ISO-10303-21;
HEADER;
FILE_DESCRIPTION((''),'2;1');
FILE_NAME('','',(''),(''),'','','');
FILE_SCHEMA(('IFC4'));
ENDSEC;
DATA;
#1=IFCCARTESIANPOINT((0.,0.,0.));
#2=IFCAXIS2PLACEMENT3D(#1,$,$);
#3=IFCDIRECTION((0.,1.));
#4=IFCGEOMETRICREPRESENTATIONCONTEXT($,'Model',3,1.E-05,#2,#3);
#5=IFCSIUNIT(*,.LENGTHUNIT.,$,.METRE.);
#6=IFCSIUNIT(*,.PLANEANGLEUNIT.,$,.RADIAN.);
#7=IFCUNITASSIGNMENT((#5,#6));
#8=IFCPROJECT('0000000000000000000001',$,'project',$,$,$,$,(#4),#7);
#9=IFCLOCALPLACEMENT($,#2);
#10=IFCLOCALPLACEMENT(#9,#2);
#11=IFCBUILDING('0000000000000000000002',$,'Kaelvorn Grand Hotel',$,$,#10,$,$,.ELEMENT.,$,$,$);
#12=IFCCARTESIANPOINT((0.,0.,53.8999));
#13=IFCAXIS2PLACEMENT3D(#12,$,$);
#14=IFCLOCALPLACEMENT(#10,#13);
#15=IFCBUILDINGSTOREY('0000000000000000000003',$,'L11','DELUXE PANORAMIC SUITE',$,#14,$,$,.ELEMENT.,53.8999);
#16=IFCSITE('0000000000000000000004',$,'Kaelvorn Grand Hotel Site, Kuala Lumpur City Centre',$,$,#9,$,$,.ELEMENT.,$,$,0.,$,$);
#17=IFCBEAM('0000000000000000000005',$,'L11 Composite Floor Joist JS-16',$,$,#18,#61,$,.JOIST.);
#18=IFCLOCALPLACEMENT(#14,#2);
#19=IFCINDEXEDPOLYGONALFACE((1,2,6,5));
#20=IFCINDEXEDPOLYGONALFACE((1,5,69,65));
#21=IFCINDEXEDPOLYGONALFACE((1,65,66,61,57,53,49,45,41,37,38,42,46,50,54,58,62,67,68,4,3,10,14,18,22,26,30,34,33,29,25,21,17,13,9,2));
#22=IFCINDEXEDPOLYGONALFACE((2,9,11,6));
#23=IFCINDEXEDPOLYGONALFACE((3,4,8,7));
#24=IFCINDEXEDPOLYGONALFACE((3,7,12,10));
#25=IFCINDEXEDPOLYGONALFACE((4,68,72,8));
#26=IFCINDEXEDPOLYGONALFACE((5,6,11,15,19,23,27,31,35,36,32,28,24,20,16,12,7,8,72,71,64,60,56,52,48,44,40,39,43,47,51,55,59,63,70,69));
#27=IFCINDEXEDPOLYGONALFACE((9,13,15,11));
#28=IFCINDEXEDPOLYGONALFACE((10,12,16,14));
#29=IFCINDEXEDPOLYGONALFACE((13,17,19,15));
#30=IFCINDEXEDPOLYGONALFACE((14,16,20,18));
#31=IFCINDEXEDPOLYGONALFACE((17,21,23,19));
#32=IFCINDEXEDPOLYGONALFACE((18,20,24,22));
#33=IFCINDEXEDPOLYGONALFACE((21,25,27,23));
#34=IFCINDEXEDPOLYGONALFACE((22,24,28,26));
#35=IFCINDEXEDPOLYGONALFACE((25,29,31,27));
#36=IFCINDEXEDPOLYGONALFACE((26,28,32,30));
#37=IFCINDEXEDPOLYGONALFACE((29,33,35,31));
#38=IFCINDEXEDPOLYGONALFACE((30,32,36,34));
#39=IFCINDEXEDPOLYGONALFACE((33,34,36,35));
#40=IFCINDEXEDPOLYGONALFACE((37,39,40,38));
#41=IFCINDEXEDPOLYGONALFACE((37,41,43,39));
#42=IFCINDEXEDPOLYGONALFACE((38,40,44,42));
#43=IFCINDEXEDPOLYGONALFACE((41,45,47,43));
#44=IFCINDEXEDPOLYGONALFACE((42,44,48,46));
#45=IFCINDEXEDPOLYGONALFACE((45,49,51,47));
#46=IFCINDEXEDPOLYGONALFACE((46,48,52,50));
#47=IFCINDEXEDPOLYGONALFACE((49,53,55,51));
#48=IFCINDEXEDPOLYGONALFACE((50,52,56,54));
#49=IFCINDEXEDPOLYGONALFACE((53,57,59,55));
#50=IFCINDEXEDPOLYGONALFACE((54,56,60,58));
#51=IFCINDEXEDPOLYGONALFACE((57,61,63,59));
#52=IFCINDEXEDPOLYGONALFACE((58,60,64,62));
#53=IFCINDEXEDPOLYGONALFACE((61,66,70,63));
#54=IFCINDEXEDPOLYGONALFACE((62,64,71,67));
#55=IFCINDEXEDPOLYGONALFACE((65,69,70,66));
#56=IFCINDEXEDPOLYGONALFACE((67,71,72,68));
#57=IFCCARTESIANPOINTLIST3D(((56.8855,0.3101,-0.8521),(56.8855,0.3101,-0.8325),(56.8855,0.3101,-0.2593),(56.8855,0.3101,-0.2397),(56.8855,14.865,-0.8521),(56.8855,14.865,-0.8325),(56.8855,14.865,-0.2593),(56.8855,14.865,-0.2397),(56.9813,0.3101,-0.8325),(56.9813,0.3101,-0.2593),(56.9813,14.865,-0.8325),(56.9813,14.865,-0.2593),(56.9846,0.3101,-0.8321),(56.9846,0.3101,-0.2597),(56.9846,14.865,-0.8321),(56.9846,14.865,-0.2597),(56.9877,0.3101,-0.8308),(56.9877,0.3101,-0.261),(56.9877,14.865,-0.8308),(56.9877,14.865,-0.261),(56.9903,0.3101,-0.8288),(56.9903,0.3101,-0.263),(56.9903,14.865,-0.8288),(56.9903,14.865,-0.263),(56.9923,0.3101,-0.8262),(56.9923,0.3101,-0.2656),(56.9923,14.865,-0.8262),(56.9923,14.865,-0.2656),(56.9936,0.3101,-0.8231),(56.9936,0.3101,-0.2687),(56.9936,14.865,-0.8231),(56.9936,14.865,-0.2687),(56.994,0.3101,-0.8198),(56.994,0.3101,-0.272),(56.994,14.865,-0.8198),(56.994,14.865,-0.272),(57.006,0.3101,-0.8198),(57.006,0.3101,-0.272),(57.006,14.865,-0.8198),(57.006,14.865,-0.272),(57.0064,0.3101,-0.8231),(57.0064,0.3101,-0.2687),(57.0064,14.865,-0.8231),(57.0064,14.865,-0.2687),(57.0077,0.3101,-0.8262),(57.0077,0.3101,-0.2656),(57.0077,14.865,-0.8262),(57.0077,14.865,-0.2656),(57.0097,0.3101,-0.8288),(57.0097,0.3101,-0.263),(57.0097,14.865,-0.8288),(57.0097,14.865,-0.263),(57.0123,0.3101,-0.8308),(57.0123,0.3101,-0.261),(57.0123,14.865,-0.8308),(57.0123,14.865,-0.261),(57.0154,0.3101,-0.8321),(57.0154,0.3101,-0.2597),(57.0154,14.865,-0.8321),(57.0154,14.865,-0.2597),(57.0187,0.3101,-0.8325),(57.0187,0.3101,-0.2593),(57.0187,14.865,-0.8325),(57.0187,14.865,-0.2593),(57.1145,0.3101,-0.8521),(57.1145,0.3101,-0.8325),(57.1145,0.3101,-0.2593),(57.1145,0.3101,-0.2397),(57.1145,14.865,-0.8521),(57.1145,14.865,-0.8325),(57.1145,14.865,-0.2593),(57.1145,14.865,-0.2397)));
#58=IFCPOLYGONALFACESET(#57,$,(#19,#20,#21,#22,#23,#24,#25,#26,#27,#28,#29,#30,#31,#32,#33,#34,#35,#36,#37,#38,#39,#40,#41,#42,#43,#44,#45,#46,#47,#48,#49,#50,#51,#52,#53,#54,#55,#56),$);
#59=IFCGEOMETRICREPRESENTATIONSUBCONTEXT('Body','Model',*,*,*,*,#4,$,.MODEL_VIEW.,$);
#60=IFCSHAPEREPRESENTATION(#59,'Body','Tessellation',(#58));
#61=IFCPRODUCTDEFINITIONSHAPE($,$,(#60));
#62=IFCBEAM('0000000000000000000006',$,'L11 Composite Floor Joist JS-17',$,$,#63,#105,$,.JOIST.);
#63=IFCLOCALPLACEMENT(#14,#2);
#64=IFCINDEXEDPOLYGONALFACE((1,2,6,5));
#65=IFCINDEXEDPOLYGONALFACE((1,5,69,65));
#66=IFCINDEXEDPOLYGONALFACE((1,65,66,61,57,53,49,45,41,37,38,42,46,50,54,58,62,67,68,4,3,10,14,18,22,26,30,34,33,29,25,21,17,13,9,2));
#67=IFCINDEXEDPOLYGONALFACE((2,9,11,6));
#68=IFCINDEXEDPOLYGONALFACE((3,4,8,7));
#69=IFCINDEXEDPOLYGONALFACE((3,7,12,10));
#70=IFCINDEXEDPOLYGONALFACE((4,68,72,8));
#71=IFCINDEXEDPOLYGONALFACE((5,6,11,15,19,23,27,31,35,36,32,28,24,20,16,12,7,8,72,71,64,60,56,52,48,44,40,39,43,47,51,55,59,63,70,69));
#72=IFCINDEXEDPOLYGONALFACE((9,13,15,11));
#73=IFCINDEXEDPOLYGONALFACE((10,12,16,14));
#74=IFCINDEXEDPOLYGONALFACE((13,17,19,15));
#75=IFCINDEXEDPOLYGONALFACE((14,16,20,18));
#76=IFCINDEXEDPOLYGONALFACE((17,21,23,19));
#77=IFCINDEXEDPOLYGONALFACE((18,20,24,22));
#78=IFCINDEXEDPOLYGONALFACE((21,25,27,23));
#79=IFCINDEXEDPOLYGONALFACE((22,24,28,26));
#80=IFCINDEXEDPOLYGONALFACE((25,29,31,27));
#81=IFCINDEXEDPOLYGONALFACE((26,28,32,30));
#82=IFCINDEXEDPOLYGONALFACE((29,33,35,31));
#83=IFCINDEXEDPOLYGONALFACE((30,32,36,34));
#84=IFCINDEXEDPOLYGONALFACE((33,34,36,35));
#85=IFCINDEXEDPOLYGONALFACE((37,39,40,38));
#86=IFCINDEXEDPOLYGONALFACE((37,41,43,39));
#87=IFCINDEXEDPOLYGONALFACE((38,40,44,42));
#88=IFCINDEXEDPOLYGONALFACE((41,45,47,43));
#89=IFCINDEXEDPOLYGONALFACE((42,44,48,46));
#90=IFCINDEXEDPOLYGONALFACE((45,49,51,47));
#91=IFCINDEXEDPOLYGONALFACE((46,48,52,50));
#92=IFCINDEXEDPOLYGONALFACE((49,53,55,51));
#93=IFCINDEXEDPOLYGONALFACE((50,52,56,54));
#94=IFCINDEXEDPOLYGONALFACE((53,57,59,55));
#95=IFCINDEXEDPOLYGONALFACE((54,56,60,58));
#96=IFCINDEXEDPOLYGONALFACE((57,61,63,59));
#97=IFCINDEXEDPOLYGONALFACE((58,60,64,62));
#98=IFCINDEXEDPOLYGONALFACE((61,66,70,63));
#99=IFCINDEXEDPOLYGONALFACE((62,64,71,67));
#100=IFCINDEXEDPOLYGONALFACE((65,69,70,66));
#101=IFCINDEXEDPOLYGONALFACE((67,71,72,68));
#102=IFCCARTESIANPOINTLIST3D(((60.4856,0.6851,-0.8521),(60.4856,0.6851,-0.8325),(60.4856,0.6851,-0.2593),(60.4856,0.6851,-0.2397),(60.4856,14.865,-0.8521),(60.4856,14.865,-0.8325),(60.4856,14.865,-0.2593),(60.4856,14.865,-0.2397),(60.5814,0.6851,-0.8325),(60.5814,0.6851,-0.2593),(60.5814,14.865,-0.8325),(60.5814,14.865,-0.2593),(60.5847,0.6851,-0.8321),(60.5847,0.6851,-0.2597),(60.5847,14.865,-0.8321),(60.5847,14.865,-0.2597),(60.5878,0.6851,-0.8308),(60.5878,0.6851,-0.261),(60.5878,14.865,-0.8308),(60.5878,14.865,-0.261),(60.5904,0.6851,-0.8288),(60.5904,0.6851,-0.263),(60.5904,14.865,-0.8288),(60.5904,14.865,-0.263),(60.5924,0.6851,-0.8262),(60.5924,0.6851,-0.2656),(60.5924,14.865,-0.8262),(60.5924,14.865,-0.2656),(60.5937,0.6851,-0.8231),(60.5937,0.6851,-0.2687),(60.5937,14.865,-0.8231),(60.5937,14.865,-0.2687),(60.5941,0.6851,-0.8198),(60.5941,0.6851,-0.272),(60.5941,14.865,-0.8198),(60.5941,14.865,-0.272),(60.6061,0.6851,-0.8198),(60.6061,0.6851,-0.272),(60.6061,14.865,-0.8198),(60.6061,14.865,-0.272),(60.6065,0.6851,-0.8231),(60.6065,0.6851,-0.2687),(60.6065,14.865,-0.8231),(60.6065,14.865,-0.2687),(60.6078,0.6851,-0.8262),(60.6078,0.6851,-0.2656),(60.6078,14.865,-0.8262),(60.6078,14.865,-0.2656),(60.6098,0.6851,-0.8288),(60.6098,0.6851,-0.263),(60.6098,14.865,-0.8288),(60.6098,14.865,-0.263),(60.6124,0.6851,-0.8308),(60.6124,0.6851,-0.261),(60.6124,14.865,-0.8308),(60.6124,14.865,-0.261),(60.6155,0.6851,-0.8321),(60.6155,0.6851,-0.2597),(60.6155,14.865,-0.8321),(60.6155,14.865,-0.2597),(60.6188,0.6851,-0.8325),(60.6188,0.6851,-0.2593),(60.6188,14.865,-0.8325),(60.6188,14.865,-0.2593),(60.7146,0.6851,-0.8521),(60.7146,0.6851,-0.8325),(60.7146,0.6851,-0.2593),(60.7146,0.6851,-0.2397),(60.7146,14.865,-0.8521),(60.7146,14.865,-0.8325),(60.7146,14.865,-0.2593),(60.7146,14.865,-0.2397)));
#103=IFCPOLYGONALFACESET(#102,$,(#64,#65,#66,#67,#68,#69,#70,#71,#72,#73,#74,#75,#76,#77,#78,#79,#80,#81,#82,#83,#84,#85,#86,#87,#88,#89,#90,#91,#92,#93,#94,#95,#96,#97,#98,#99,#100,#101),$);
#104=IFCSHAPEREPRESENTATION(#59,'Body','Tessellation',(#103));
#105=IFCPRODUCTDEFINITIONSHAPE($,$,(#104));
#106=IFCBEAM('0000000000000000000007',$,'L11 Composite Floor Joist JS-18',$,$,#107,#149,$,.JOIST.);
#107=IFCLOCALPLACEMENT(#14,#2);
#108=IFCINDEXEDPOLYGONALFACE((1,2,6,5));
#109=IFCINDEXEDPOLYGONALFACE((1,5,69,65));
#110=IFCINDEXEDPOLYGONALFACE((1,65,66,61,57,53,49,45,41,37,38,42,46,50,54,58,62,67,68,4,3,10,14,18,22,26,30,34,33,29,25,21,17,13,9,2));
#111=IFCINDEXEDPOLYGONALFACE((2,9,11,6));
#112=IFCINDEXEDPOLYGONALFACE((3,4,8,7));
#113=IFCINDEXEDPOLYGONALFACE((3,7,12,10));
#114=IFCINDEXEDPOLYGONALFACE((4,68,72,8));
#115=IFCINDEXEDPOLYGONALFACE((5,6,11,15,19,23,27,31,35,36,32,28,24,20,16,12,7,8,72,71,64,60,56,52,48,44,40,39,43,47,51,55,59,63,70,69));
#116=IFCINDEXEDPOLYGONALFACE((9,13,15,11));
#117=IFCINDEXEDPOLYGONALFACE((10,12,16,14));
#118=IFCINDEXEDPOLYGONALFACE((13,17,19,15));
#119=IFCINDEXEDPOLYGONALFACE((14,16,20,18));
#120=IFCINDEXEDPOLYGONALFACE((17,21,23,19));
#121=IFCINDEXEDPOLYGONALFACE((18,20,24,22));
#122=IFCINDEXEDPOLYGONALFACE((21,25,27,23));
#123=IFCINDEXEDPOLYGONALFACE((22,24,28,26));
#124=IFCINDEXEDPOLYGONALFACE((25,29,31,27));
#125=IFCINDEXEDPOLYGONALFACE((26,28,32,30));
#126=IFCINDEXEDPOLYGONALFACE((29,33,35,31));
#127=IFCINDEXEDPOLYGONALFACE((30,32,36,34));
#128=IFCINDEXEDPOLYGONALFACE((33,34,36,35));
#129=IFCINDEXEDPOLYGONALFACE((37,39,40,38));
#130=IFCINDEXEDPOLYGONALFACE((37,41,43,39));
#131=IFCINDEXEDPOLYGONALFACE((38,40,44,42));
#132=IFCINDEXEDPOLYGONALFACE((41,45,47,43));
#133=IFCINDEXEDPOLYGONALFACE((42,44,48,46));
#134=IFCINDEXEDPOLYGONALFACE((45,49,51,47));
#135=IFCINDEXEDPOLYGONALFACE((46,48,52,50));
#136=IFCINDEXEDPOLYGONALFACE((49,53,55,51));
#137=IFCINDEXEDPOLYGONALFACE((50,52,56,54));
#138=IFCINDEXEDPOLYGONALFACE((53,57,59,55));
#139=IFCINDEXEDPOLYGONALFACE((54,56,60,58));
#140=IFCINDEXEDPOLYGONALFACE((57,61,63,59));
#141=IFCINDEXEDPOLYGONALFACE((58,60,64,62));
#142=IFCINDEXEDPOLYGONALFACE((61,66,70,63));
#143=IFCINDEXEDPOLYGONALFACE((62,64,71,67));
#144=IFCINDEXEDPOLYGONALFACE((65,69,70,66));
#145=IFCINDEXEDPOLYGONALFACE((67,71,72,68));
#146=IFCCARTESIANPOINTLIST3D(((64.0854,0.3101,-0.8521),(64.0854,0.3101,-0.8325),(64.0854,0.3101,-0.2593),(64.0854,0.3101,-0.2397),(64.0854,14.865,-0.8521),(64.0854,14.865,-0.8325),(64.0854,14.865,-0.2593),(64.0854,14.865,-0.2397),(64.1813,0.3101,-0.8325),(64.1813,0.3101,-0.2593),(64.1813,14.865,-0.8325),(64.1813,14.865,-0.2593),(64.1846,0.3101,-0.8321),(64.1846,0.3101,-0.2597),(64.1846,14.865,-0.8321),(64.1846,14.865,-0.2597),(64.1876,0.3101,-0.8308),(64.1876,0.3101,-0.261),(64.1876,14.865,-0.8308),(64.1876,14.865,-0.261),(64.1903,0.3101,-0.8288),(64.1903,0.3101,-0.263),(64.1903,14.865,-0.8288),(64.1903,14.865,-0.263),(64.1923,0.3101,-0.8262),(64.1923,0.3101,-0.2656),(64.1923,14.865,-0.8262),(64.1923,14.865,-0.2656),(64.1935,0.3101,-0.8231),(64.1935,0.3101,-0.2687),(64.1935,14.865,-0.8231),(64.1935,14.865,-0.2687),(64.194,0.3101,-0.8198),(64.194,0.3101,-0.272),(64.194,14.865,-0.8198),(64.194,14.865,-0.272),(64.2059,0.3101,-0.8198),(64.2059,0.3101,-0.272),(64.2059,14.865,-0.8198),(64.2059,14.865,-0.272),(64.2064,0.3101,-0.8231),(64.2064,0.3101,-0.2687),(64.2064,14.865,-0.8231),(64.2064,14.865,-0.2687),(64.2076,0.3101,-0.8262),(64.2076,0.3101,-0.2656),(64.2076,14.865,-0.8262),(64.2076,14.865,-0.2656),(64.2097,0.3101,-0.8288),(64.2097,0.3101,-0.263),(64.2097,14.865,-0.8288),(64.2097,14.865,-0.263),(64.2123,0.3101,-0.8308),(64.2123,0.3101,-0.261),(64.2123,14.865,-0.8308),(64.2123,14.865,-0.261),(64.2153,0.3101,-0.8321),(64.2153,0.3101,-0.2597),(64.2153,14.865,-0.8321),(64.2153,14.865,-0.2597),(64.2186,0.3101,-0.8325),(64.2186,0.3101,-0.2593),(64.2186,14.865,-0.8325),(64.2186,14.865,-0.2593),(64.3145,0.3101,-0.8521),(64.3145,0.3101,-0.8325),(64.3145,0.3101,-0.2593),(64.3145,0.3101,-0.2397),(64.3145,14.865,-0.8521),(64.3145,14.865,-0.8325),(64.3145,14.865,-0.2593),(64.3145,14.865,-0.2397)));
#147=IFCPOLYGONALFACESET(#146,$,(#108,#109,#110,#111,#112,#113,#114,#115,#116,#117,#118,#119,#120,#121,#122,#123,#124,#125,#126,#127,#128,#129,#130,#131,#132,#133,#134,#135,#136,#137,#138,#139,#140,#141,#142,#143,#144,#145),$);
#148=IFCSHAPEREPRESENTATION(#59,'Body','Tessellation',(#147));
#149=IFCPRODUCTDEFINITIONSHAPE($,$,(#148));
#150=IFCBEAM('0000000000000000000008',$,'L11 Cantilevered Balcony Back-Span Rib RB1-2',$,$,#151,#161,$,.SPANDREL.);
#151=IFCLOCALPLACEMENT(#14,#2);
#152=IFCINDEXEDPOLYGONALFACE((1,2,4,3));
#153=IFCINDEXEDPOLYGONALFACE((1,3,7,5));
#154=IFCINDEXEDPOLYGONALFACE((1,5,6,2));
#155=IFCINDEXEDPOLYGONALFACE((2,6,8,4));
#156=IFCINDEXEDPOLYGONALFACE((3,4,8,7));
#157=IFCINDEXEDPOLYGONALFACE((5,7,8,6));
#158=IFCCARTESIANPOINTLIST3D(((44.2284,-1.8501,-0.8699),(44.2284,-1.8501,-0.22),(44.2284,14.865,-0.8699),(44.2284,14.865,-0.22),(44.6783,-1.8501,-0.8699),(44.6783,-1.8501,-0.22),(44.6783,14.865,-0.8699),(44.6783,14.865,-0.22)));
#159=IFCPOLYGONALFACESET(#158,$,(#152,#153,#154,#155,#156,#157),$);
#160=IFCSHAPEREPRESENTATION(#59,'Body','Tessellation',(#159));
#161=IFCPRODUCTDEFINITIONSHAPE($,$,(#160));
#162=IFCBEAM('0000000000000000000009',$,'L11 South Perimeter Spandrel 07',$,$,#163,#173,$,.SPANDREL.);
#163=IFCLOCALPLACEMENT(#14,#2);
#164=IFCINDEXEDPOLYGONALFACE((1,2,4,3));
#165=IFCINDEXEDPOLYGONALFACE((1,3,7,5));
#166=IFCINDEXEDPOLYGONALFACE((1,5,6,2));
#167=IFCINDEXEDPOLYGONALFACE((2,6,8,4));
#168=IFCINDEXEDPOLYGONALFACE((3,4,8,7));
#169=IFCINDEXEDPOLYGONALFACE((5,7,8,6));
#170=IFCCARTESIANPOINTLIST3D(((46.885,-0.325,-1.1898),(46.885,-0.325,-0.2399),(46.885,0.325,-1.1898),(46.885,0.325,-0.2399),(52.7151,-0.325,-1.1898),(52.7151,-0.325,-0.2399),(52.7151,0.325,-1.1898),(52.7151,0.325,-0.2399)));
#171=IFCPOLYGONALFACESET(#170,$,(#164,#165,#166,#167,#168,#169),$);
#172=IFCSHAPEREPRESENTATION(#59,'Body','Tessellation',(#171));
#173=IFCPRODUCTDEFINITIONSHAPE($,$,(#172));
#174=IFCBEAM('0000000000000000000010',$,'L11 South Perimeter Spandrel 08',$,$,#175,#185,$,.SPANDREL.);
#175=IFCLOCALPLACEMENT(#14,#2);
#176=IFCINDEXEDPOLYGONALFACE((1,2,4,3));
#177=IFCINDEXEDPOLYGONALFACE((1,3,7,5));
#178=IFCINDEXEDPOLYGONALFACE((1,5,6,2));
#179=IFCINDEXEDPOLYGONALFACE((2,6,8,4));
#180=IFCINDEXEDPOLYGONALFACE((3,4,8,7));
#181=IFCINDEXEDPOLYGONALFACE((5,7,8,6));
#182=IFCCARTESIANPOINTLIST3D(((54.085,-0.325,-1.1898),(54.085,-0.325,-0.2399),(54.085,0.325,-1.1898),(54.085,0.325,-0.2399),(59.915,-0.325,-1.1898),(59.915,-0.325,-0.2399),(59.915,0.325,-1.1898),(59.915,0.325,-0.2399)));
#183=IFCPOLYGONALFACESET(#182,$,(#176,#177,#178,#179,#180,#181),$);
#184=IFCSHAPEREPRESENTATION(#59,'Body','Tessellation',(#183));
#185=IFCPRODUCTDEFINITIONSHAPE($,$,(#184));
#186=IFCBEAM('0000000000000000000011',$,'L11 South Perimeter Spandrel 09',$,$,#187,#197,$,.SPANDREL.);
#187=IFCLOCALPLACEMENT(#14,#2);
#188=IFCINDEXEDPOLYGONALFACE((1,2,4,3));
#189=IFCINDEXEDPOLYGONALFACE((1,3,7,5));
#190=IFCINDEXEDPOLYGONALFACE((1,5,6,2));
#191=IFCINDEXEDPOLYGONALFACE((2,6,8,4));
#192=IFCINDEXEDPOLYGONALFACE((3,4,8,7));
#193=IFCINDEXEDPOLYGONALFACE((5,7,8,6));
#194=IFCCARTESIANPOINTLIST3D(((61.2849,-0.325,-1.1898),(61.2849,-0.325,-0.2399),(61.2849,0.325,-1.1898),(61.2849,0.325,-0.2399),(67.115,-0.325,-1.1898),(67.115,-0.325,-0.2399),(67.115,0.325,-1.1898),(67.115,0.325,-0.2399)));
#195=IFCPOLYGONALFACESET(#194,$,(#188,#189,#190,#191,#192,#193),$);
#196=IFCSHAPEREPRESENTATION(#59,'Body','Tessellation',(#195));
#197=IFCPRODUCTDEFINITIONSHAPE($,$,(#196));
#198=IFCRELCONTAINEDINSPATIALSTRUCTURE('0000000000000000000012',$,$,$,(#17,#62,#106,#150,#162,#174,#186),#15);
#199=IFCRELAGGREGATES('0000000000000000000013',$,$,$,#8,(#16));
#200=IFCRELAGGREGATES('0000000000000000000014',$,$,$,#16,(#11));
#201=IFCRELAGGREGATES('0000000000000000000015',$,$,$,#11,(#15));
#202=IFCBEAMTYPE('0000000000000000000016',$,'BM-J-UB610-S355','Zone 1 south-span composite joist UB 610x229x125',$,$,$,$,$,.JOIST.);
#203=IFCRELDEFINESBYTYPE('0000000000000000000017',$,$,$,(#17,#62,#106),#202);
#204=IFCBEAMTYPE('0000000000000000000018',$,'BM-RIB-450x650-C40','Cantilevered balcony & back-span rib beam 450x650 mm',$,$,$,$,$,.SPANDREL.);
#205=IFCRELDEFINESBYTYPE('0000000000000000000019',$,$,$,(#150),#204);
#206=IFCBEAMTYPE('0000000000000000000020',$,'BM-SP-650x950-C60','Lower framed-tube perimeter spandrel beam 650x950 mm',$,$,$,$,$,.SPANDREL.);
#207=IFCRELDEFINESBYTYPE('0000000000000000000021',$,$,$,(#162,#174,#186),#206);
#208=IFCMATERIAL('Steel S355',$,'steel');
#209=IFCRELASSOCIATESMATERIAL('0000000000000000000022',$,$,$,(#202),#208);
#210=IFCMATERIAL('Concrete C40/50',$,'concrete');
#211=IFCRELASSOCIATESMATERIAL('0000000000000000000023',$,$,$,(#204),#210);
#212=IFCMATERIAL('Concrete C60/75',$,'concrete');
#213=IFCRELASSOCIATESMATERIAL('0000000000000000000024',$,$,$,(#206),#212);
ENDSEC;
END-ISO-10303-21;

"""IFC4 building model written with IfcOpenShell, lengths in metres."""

from ifc_helpers import new_model, si_unit, direction, frame, origin, origin_2d, place, context, subcontext, project, spatial, rectangle, i_section, extrude, material, material_profile, profile_set, type_object, element, save


model = new_model("IFC4")

# Units and contexts
model_context = context("Model", 3, precision=1e-05, world=origin(), true_north=direction((0.0, 1.0)))
body_context = subcontext(model_context, "Body", "Model", "MODEL_VIEW")
ifc_project = project(units=[si_unit("LENGTHUNIT", "METRE"), si_unit("PLANEANGLEUNIT", "RADIAN")], contexts=[model_context])

# Site, building, storey
site_placement = place(None, origin())
site = spatial("IfcSite", under=ifc_project, at=site_placement, Name="Kaelvorn Grand Hotel Site, Kuala Lumpur City Centre", CompositionType="ELEMENT", RefElevation=0.0)
building_placement = place(site_placement, origin())
building = spatial("IfcBuilding", under=site, at=building_placement, Name="Kaelvorn Grand Hotel", CompositionType="ELEMENT")
storey_placement = place(building_placement, frame((0.0, 0.0, 53.8999)))
storey = spatial("IfcBuildingStorey", under=building, at=storey_placement, Name="L11", Description="DELUXE PANORAMIC SUITE", CompositionType="ELEMENT", Elevation=53.8999)

# Beams
ifc_material_1 = material(Name="Steel S355", Category="steel")
ifc_material_profile_1 = material_profile(ifc_material_1, i_section(OverallWidth=0.229, OverallDepth=0.6123, WebThickness=0.012, FlangeThickness=0.0195, FilletRadius=0.0127, at=origin_2d()), Name="UB 610x229x125")
ifc_profile_set_1 = profile_set([ifc_material_profile_1], Name="Steel S355")
beam_type_1 = type_object("IfcBeamType", Name="BM-J-UB610-S355", Description="Zone 1 south-span composite joist UB 610x229x125", PredefinedType="JOIST", material=ifc_profile_set_1)
beam_1_placement = place(storey_placement, frame((57.0, 0.3101, -0.5459), z_axis=(0.0, 1.0, 0.0), x_axis=(-1.0, 0.0, 0.0)))
element("IfcBeam", 1, at=beam_1_placement, inside=storey, type_object=beam_type_1, Name="L11 Composite Floor Joist JS-16", PredefinedType="JOIST", context=body_context, shape_type="SweptSolid", body=[
    extrude(i_section(OverallWidth=0.229, OverallDepth=0.6123, WebThickness=0.012, FlangeThickness=0.0195, FilletRadius=0.0127, at=origin_2d()), origin(), (0.0, 0.0, 1.0), 14.5549),
])
beam_2_placement = place(storey_placement, frame((60.6001, 0.6851, -0.5459), z_axis=(0.0, 1.0, 0.0), x_axis=(-1.0, 0.0, 0.0)))
element("IfcBeam", 2, at=beam_2_placement, inside=storey, type_object=beam_type_1, Name="L11 Composite Floor Joist JS-17", PredefinedType="JOIST", context=body_context, shape_type="SweptSolid", body=[
    extrude(i_section(OverallWidth=0.229, OverallDepth=0.6123, WebThickness=0.012, FlangeThickness=0.0195, FilletRadius=0.0127, at=origin_2d()), origin(), (0.0, 0.0, 1.0), 14.1799),
])
beam_3_placement = place(storey_placement, frame((64.2, 0.3101, -0.5459), z_axis=(0.0, 1.0, 0.0), x_axis=(-1.0, 0.0, 0.0)))
element("IfcBeam", 3, at=beam_3_placement, inside=storey, type_object=beam_type_1, Name="L11 Composite Floor Joist JS-18", PredefinedType="JOIST", context=body_context, shape_type="SweptSolid", body=[
    extrude(i_section(OverallWidth=0.229, OverallDepth=0.6123, WebThickness=0.012, FlangeThickness=0.0195, FilletRadius=0.0127, at=origin_2d()), origin(), (0.0, 0.0, 1.0), 14.5549),
])
ifc_material_2 = material(Name="Concrete C40/50", Category="concrete")
ifc_material_profile_2 = material_profile(ifc_material_2, rectangle(XDim=0.45, YDim=0.6499, at=origin_2d()), Name="RC RIB 450x650")
ifc_profile_set_2 = profile_set([ifc_material_profile_2], Name="Concrete C40/50")
beam_type_2 = type_object("IfcBeamType", Name="BM-RIB-450x650-C40", Description="Cantilevered balcony & back-span rib beam 450x650 mm", PredefinedType="SPANDREL", material=ifc_profile_set_2)
beam_4_placement = place(storey_placement, frame((44.4534, -1.8501, -0.5449), z_axis=(0.0, 1.0, 0.0), x_axis=(-1.0, 0.0, 0.0)))
element("IfcBeam", 4, at=beam_4_placement, inside=storey, type_object=beam_type_2, Name="L11 Cantilevered Balcony Back-Span Rib RB1-2", PredefinedType="SPANDREL", context=body_context, shape_type="SweptSolid", body=[
    extrude(rectangle(XDim=0.45, YDim=0.6499, at=origin_2d()), origin(), (0.0, 0.0, 1.0), 16.7151),
])
ifc_material_3 = material(Name="Concrete C60/75", Category="concrete")
ifc_material_profile_3 = material_profile(ifc_material_3, rectangle(XDim=0.6499, YDim=0.95, at=origin_2d()), Name="RC SPANDREL 650x950")
ifc_profile_set_3 = profile_set([ifc_material_profile_3], Name="Concrete C60/75")
beam_type_3 = type_object("IfcBeamType", Name="BM-SP-650x950-C60", Description="Lower framed-tube perimeter spandrel beam 650x950 mm", PredefinedType="SPANDREL", material=ifc_profile_set_3)
for number, where, z_axis, x_axis, name in (
    (5, (46.885, 0.0, -0.7148), (1.0, 0.0, 0.0), (0.0, 1.0, 0.0), "L11 South Perimeter Spandrel 07"),
    (6, (54.085, 0.0, -0.7148), (1.0, 0.0, 0.0), (0.0, 1.0, 0.0), "L11 South Perimeter Spandrel 08"),
    (7, (61.2849, 0.0, -0.7148), (1.0, 0.0, 0.0), (0.0, 1.0, 0.0), "L11 South Perimeter Spandrel 09"),
):
    element("IfcBeam", number, at=place(storey_placement, frame(where, z_axis=z_axis, x_axis=x_axis)), inside=storey, type_object=beam_type_3, Name=name, PredefinedType="SPANDREL", context=body_context, shape_type="SweptSolid", body=[
        extrude(rectangle(XDim=0.6499, YDim=0.95, at=origin_2d()), origin(), (0.0, 0.0, 1.0), 5.8301),
    ])

save(model, "model.ifc")
